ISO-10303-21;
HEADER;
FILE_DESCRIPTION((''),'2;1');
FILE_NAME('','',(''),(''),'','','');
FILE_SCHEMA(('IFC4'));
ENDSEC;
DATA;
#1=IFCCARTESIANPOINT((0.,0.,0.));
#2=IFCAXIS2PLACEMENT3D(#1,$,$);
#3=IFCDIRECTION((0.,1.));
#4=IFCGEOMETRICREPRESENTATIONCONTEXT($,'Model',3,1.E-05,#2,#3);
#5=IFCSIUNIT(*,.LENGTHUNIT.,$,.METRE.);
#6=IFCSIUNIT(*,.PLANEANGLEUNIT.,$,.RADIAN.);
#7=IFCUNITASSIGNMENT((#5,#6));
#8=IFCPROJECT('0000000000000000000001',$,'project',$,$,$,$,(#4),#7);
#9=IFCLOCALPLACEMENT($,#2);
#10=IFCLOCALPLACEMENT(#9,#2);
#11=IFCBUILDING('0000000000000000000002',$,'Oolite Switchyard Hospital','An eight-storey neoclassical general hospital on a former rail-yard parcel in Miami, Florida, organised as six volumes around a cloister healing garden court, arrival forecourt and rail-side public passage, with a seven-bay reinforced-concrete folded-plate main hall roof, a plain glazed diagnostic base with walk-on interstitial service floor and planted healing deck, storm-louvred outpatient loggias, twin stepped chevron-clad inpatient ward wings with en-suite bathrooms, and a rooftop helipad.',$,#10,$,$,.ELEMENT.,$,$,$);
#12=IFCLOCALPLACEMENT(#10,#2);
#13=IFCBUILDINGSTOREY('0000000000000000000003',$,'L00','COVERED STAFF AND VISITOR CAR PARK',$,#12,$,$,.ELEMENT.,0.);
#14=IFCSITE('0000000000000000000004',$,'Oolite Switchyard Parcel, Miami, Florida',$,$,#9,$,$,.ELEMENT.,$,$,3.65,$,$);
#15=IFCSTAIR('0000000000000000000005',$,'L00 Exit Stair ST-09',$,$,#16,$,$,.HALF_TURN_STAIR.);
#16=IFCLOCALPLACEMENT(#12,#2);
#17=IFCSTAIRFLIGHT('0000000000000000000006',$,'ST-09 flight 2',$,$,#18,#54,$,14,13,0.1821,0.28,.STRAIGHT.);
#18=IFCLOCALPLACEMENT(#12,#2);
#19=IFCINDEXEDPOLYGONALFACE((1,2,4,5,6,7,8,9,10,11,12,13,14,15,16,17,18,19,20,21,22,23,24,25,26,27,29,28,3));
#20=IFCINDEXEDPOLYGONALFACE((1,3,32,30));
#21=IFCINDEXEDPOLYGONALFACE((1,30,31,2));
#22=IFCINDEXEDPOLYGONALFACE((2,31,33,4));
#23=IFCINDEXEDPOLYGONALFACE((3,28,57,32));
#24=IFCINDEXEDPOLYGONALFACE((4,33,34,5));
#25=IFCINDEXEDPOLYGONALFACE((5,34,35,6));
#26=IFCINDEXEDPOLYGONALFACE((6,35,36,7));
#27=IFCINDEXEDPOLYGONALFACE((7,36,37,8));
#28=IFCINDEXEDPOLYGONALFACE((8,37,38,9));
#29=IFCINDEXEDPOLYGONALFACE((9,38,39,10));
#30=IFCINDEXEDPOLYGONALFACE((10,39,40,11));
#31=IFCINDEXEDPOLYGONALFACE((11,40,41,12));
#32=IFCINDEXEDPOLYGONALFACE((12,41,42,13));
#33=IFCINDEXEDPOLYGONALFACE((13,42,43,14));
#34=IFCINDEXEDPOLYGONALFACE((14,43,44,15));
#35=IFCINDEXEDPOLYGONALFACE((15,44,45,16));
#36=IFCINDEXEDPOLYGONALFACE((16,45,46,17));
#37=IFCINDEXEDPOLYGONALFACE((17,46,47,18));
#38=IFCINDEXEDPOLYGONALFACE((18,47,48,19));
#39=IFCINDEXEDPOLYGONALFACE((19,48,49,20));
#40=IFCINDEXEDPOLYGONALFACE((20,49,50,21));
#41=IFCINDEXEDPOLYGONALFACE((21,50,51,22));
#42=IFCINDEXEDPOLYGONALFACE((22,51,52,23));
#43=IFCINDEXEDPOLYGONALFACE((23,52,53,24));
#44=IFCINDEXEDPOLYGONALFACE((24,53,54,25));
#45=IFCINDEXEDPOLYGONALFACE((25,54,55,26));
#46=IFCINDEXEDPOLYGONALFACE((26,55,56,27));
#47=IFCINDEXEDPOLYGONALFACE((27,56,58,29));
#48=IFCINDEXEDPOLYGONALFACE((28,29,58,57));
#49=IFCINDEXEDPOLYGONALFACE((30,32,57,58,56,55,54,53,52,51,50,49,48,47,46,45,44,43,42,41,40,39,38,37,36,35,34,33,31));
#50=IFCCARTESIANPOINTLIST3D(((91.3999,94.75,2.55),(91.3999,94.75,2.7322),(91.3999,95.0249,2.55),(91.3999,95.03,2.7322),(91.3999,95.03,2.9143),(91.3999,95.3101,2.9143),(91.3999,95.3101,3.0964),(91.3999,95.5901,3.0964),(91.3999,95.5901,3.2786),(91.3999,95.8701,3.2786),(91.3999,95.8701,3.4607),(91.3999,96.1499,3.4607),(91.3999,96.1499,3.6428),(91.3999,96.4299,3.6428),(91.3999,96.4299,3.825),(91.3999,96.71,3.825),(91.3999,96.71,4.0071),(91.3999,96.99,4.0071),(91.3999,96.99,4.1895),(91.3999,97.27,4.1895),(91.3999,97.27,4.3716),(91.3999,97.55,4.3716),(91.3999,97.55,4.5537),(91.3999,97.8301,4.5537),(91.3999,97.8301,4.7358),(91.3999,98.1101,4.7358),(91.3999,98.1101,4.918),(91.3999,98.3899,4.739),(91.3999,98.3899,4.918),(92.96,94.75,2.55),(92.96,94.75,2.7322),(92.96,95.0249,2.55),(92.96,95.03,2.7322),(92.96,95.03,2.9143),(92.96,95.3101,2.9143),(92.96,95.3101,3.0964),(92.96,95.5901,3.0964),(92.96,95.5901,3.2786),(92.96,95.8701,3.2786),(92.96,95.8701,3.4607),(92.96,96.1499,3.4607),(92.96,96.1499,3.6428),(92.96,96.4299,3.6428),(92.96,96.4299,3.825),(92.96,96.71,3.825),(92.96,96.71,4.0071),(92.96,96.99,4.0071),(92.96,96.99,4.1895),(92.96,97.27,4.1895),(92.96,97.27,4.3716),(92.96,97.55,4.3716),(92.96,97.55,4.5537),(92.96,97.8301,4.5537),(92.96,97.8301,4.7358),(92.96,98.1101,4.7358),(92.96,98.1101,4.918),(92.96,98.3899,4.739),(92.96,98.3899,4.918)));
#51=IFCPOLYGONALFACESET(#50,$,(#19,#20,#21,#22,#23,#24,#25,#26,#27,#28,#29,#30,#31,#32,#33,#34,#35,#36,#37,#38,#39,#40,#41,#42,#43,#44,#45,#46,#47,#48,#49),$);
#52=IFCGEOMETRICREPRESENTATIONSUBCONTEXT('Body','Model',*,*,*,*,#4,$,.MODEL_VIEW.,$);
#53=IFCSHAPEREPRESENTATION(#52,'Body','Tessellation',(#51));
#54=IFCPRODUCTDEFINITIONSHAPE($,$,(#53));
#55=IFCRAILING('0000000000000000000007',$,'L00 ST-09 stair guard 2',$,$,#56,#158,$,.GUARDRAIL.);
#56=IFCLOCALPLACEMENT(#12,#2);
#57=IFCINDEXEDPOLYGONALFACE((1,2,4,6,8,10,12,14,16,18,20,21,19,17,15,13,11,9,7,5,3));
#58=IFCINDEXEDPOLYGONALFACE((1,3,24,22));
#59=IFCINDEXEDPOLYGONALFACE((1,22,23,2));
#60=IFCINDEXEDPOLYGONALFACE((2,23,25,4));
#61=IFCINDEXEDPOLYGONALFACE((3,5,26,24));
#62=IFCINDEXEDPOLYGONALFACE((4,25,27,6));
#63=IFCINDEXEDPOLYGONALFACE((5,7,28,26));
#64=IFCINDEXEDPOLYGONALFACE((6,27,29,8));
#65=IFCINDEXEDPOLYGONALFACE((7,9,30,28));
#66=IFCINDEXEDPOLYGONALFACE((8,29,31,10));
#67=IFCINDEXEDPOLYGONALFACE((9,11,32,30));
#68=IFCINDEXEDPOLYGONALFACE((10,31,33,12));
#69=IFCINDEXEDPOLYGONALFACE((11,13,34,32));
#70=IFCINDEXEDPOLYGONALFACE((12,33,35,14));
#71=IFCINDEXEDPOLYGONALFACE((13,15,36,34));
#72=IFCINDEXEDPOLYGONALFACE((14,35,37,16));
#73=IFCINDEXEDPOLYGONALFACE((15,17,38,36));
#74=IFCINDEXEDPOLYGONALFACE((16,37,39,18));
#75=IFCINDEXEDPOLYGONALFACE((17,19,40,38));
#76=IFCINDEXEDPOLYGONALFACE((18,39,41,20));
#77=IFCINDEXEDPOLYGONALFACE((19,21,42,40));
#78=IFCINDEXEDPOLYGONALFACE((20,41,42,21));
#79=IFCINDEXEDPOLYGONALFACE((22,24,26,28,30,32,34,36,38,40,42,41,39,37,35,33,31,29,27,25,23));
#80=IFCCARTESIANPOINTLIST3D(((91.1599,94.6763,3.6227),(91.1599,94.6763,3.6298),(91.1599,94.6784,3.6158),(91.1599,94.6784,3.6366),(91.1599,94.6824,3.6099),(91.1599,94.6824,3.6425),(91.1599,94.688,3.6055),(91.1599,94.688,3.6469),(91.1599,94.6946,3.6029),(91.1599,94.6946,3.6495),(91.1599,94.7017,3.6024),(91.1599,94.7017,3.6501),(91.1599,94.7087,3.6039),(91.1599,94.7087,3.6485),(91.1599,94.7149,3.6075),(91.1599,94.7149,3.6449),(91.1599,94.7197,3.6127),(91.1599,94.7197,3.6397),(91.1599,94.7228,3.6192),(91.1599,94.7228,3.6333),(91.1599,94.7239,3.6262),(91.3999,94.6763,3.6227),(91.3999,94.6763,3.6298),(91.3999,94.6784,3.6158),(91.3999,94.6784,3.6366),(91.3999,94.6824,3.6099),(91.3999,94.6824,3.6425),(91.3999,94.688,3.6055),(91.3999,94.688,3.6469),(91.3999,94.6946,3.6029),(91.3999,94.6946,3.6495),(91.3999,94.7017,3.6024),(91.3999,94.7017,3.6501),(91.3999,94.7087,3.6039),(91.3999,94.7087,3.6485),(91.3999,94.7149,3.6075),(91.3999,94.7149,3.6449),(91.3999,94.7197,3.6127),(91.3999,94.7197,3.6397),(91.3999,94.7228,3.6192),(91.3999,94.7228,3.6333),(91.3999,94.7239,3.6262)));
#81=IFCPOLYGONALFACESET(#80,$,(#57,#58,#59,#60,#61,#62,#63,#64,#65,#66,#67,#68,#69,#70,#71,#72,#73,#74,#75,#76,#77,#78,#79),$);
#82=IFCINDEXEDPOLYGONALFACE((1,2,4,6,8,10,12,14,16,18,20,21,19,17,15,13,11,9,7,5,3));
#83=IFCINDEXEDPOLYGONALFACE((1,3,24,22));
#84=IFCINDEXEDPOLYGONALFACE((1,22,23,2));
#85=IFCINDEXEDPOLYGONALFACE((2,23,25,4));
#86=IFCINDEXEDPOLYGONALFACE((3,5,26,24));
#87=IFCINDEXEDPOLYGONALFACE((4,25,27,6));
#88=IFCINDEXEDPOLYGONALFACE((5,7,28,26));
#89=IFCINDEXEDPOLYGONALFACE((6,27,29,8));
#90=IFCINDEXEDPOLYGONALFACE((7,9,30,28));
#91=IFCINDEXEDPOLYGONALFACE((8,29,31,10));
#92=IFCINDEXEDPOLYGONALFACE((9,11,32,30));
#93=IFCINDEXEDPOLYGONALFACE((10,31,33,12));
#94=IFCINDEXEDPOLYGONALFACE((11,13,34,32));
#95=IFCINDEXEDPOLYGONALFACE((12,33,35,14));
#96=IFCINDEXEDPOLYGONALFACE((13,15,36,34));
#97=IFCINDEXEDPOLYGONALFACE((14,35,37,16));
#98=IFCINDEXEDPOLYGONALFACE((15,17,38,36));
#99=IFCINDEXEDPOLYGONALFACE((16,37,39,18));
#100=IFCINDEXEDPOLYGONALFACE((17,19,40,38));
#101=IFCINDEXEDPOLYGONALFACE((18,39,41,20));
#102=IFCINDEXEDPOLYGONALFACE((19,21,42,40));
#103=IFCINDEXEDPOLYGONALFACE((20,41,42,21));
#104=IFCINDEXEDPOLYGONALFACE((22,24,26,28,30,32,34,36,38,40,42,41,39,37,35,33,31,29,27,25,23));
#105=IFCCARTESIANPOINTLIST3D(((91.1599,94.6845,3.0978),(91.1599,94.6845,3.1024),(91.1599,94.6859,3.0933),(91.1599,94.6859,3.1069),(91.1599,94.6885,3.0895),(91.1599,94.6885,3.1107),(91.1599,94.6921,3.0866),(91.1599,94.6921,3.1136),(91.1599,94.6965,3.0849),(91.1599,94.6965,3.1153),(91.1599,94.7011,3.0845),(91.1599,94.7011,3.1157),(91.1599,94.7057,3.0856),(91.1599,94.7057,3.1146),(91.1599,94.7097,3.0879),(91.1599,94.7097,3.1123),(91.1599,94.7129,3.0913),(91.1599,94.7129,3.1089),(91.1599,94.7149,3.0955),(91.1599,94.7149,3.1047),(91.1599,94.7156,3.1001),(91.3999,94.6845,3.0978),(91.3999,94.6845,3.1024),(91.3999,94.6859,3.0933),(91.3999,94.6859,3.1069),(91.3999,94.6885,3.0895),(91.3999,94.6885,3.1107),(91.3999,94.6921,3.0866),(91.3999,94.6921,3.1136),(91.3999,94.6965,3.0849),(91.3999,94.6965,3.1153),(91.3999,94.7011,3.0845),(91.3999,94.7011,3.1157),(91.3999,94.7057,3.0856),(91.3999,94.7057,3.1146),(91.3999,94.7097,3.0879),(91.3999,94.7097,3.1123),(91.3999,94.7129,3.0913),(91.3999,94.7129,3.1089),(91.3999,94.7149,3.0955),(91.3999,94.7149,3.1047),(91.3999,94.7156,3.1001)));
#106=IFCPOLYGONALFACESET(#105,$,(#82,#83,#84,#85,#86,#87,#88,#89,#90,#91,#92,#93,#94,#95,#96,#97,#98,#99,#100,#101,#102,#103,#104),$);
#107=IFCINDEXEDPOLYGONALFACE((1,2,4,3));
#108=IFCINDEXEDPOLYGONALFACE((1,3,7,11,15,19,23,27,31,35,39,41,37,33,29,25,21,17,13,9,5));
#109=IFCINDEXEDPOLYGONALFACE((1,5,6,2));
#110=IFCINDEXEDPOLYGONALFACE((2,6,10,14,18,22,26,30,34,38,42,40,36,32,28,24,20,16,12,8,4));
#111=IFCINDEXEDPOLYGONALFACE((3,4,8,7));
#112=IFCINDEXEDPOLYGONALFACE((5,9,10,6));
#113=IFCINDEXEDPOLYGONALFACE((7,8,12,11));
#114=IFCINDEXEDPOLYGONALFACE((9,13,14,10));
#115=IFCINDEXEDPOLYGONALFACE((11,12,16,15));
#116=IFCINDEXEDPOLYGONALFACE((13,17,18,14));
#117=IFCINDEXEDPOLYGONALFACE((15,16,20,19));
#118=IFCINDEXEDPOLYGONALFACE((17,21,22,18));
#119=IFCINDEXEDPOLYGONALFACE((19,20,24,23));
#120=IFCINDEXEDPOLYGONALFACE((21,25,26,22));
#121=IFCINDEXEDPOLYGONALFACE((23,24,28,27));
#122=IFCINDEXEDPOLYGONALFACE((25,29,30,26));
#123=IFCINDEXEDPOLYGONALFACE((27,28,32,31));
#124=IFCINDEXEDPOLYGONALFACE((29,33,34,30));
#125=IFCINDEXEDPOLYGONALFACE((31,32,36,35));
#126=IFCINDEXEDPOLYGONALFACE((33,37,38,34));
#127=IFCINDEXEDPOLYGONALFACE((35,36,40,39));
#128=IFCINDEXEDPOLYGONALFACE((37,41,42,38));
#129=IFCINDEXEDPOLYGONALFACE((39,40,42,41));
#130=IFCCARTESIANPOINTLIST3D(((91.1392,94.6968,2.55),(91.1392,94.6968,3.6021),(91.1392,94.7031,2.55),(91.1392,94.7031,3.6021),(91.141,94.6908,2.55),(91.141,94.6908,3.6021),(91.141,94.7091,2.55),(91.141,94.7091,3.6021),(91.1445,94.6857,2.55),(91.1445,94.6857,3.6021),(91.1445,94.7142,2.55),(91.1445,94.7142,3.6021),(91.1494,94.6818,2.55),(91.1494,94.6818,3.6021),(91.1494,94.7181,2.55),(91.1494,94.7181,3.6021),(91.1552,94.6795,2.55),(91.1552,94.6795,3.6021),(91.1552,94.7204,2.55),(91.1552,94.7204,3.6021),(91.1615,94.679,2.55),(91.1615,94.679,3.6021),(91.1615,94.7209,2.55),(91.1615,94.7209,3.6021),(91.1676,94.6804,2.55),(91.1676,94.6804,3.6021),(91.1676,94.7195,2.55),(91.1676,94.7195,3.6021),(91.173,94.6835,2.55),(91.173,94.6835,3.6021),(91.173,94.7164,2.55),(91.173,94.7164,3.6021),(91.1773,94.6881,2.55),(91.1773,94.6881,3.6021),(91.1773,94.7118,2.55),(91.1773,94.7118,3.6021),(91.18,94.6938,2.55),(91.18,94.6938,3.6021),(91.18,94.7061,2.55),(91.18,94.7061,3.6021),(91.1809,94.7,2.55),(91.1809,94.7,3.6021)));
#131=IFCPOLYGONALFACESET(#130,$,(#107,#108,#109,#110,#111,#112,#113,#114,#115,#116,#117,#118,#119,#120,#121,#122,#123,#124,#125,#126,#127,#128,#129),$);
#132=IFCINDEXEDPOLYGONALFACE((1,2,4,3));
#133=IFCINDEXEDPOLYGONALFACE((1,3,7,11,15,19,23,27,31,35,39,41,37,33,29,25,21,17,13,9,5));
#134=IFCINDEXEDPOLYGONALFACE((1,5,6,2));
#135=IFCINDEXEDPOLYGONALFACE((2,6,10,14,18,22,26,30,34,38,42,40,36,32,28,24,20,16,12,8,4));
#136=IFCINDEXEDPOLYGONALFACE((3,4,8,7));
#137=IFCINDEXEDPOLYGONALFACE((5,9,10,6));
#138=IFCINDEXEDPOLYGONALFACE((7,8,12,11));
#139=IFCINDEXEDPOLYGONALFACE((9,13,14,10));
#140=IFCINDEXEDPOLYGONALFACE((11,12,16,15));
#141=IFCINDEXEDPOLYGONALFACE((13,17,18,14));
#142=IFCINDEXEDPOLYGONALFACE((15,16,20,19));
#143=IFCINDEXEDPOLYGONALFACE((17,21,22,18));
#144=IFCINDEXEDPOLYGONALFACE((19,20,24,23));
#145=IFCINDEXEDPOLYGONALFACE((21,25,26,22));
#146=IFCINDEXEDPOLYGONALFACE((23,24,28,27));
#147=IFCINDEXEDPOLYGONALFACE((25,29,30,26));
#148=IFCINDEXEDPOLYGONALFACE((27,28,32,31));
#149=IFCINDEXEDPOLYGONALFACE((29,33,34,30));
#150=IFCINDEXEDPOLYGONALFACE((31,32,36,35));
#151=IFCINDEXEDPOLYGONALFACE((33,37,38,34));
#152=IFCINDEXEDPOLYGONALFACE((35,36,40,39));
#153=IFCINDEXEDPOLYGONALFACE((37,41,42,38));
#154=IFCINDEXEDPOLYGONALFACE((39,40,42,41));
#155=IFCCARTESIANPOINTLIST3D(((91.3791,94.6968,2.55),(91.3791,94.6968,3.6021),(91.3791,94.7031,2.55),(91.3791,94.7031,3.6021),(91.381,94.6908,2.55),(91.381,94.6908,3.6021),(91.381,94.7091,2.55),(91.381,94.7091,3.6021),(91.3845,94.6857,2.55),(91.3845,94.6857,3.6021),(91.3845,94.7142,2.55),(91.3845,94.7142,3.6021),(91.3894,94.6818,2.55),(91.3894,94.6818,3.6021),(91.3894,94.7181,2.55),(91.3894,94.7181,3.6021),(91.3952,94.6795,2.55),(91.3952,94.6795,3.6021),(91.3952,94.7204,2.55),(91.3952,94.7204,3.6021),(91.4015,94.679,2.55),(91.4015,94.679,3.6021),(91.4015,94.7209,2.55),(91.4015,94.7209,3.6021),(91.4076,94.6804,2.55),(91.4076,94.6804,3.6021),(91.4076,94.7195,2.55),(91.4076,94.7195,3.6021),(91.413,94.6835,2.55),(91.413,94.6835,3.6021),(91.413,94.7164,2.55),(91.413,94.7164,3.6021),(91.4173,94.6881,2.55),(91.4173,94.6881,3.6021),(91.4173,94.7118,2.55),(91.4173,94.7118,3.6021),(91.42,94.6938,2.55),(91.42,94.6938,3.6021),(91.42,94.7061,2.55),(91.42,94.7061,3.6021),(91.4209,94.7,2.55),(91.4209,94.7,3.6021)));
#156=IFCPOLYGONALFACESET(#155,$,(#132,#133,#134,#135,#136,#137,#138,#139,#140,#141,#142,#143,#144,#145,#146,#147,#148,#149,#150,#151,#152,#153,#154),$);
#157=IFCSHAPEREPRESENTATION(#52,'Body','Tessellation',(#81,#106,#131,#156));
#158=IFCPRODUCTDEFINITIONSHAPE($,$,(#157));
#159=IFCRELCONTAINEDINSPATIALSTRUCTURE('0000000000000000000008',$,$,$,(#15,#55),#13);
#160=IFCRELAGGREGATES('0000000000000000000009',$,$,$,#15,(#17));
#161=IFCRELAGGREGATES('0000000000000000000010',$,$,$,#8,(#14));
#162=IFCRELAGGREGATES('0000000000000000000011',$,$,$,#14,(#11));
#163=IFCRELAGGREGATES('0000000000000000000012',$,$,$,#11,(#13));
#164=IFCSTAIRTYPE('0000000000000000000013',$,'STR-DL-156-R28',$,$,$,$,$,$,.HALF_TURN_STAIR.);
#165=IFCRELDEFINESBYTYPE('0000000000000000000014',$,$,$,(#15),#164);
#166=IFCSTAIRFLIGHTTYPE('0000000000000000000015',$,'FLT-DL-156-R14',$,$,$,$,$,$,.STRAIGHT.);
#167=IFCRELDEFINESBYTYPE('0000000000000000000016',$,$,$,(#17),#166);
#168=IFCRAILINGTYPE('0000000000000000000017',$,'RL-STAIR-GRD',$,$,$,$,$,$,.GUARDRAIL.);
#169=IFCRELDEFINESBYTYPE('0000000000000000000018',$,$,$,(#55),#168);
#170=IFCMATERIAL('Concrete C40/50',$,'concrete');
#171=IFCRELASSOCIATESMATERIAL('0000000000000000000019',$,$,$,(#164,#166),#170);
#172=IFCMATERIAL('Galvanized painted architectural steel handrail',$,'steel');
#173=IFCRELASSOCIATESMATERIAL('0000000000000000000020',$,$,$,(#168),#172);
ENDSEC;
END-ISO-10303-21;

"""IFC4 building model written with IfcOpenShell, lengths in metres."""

from ifc_helpers import new_model, si_unit, direction, frame, origin, origin_2d, place, context, subcontext, project, spatial, polyline, circle, outline, extrude, material, type_object, element, aggregate, save


model = new_model("IFC4")

# Units and contexts
model_context = context("Model", 3, precision=1e-05, world=origin(), true_north=direction((0.0, 1.0)))
body_context = subcontext(model_context, "Body", "Model", "MODEL_VIEW")
ifc_project = project(units=[si_unit("LENGTHUNIT", "METRE"), si_unit("PLANEANGLEUNIT", "RADIAN")], contexts=[model_context])

# Site, building, storey
site_placement = place(None, origin())
site = spatial("IfcSite", under=ifc_project, at=site_placement, Name="Oolite Switchyard Parcel, Miami, Florida", CompositionType="ELEMENT", RefElevation=3.65)
building_placement = place(site_placement, origin())
building = spatial("IfcBuilding", under=site, at=building_placement, Name="Oolite Switchyard Hospital", Description="An eight-storey neoclassical general hospital on a former rail-yard parcel in Miami, Florida, organised as six volumes around a cloister healing garden court, arrival forecourt and rail-side public passage, with a seven-bay reinforced-concrete folded-plate main hall roof, a plain glazed diagnostic base with walk-on interstitial service floor and planted healing deck, storm-louvred outpatient loggias, twin stepped chevron-clad inpatient ward wings with en-suite bathrooms, and a rooftop helipad.", CompositionType="ELEMENT")
storey_placement = place(building_placement, origin())
storey = spatial("IfcBuildingStorey", under=building, at=storey_placement, Name="L00", Description="COVERED STAFF AND VISITOR CAR PARK", CompositionType="ELEMENT", Elevation=0.0)

# Shared definitions
ifc_material_1 = material(Name="Concrete C40/50", Category="concrete")

# Stair, stair flight
stair_type = type_object("IfcStairType", Name="STR-DL-156-R28", PredefinedType="HALF_TURN_STAIR", material=ifc_material_1)
stair_placement = place(storey_placement, origin())
stair = element("IfcStair", 1, at=stair_placement, inside=storey, type_object=stair_type, Name="L00 Exit Stair ST-09", PredefinedType="HALF_TURN_STAIR")
stair_flight_type = type_object("IfcStairFlightType", Name="FLT-DL-156-R14", PredefinedType="STRAIGHT", material=ifc_material_1)
stair_flight_1_placement = place(storey_placement, frame((92.1799, 94.75, 2.55), z_axis=(0.0, 0.0, 1.0), x_axis=(0.0, 1.0, 0.0)))
stair_flight_1 = element("IfcStairFlight", 2, at=stair_flight_1_placement, type_object=stair_flight_type, Name="ST-09 flight 2", NumberOfRisers=14, NumberOfTreads=13, PredefinedType="STRAIGHT", RiserHeight=0.1821, TreadLength=0.28, context=body_context, shape_type="SweptSolid", body=[
    extrude(outline(polyline([(0.0, 0.0), (0.0, 0.1821), (0.28, 0.1821), (0.28, 0.3643), (0.5601, 0.3643), (0.5601, 0.5464), (0.8401, 0.5464), (0.8401, 0.7285), (1.1201, 0.7285), (1.1201, 0.9106), (1.3999, 0.9106), (1.3999, 1.0928), (1.6799, 1.0928), (1.6799, 1.2749), (1.96, 1.2749), (1.96, 1.457), (2.24, 1.457), (2.24, 1.6394), (2.52, 1.6394), (2.52, 1.8215), (2.8, 1.8215), (2.8, 2.0037), (3.0801, 2.0037), (3.0801, 2.1858), (3.3601, 2.1858), (3.3601, 2.3679), (3.6399, 2.3679), (3.6399, 2.55), (3.6399, 2.189), (0.2749, 0.0), (0.0, 0.0)])), frame((0.0, 0.78, 0.0), z_axis=(0.0, -1.0, 0.0), x_axis=(1.0, 0.0, 0.0)), (0.0, 0.0, 1.0), 1.5601),
])
aggregate(stair, [stair_flight_1])

# Railing
ifc_material_2 = material(Name="Galvanized painted architectural steel handrail", Category="steel")
railing_type_1 = type_object("IfcRailingType", Name="RL-STAIR-GRD", PredefinedType="GUARDRAIL", material=ifc_material_2)
railing_1_placement = place(storey_placement, frame((91.1599, 94.7, 2.55)))
element("IfcRailing", 3, at=railing_1_placement, inside=storey, type_object=railing_type_1, Name="L00 ST-09 stair guard 2", PredefinedType="GUARDRAIL", context=body_context, shape_type="SweptSolid", body=[
    extrude(circle(Radius=0.0239, at=origin_2d()), frame((0.0, 0.0, 1.0762), z_axis=(1.0, 0.0, 0.0), x_axis=(0.0, 1.0, 0.0)), (0.0, 0.0, 1.0), 0.24),
    extrude(circle(Radius=0.0156, at=origin_2d()), frame((0.0, 0.0, 0.55), z_axis=(1.0, 0.0, 0.0), x_axis=(0.0, 1.0, 0.0)), (0.0, 0.0, 1.0), 0.24),
    extrude(circle(Radius=0.021, at=origin_2d()), origin(), (0.0, 0.0, 1.0), 1.052),
    extrude(circle(Radius=0.021, at=origin_2d()), frame((0.24, 0.0, 0.0)), (0.0, 0.0, 1.0), 1.052),
])

save(model, "model.ifc")
